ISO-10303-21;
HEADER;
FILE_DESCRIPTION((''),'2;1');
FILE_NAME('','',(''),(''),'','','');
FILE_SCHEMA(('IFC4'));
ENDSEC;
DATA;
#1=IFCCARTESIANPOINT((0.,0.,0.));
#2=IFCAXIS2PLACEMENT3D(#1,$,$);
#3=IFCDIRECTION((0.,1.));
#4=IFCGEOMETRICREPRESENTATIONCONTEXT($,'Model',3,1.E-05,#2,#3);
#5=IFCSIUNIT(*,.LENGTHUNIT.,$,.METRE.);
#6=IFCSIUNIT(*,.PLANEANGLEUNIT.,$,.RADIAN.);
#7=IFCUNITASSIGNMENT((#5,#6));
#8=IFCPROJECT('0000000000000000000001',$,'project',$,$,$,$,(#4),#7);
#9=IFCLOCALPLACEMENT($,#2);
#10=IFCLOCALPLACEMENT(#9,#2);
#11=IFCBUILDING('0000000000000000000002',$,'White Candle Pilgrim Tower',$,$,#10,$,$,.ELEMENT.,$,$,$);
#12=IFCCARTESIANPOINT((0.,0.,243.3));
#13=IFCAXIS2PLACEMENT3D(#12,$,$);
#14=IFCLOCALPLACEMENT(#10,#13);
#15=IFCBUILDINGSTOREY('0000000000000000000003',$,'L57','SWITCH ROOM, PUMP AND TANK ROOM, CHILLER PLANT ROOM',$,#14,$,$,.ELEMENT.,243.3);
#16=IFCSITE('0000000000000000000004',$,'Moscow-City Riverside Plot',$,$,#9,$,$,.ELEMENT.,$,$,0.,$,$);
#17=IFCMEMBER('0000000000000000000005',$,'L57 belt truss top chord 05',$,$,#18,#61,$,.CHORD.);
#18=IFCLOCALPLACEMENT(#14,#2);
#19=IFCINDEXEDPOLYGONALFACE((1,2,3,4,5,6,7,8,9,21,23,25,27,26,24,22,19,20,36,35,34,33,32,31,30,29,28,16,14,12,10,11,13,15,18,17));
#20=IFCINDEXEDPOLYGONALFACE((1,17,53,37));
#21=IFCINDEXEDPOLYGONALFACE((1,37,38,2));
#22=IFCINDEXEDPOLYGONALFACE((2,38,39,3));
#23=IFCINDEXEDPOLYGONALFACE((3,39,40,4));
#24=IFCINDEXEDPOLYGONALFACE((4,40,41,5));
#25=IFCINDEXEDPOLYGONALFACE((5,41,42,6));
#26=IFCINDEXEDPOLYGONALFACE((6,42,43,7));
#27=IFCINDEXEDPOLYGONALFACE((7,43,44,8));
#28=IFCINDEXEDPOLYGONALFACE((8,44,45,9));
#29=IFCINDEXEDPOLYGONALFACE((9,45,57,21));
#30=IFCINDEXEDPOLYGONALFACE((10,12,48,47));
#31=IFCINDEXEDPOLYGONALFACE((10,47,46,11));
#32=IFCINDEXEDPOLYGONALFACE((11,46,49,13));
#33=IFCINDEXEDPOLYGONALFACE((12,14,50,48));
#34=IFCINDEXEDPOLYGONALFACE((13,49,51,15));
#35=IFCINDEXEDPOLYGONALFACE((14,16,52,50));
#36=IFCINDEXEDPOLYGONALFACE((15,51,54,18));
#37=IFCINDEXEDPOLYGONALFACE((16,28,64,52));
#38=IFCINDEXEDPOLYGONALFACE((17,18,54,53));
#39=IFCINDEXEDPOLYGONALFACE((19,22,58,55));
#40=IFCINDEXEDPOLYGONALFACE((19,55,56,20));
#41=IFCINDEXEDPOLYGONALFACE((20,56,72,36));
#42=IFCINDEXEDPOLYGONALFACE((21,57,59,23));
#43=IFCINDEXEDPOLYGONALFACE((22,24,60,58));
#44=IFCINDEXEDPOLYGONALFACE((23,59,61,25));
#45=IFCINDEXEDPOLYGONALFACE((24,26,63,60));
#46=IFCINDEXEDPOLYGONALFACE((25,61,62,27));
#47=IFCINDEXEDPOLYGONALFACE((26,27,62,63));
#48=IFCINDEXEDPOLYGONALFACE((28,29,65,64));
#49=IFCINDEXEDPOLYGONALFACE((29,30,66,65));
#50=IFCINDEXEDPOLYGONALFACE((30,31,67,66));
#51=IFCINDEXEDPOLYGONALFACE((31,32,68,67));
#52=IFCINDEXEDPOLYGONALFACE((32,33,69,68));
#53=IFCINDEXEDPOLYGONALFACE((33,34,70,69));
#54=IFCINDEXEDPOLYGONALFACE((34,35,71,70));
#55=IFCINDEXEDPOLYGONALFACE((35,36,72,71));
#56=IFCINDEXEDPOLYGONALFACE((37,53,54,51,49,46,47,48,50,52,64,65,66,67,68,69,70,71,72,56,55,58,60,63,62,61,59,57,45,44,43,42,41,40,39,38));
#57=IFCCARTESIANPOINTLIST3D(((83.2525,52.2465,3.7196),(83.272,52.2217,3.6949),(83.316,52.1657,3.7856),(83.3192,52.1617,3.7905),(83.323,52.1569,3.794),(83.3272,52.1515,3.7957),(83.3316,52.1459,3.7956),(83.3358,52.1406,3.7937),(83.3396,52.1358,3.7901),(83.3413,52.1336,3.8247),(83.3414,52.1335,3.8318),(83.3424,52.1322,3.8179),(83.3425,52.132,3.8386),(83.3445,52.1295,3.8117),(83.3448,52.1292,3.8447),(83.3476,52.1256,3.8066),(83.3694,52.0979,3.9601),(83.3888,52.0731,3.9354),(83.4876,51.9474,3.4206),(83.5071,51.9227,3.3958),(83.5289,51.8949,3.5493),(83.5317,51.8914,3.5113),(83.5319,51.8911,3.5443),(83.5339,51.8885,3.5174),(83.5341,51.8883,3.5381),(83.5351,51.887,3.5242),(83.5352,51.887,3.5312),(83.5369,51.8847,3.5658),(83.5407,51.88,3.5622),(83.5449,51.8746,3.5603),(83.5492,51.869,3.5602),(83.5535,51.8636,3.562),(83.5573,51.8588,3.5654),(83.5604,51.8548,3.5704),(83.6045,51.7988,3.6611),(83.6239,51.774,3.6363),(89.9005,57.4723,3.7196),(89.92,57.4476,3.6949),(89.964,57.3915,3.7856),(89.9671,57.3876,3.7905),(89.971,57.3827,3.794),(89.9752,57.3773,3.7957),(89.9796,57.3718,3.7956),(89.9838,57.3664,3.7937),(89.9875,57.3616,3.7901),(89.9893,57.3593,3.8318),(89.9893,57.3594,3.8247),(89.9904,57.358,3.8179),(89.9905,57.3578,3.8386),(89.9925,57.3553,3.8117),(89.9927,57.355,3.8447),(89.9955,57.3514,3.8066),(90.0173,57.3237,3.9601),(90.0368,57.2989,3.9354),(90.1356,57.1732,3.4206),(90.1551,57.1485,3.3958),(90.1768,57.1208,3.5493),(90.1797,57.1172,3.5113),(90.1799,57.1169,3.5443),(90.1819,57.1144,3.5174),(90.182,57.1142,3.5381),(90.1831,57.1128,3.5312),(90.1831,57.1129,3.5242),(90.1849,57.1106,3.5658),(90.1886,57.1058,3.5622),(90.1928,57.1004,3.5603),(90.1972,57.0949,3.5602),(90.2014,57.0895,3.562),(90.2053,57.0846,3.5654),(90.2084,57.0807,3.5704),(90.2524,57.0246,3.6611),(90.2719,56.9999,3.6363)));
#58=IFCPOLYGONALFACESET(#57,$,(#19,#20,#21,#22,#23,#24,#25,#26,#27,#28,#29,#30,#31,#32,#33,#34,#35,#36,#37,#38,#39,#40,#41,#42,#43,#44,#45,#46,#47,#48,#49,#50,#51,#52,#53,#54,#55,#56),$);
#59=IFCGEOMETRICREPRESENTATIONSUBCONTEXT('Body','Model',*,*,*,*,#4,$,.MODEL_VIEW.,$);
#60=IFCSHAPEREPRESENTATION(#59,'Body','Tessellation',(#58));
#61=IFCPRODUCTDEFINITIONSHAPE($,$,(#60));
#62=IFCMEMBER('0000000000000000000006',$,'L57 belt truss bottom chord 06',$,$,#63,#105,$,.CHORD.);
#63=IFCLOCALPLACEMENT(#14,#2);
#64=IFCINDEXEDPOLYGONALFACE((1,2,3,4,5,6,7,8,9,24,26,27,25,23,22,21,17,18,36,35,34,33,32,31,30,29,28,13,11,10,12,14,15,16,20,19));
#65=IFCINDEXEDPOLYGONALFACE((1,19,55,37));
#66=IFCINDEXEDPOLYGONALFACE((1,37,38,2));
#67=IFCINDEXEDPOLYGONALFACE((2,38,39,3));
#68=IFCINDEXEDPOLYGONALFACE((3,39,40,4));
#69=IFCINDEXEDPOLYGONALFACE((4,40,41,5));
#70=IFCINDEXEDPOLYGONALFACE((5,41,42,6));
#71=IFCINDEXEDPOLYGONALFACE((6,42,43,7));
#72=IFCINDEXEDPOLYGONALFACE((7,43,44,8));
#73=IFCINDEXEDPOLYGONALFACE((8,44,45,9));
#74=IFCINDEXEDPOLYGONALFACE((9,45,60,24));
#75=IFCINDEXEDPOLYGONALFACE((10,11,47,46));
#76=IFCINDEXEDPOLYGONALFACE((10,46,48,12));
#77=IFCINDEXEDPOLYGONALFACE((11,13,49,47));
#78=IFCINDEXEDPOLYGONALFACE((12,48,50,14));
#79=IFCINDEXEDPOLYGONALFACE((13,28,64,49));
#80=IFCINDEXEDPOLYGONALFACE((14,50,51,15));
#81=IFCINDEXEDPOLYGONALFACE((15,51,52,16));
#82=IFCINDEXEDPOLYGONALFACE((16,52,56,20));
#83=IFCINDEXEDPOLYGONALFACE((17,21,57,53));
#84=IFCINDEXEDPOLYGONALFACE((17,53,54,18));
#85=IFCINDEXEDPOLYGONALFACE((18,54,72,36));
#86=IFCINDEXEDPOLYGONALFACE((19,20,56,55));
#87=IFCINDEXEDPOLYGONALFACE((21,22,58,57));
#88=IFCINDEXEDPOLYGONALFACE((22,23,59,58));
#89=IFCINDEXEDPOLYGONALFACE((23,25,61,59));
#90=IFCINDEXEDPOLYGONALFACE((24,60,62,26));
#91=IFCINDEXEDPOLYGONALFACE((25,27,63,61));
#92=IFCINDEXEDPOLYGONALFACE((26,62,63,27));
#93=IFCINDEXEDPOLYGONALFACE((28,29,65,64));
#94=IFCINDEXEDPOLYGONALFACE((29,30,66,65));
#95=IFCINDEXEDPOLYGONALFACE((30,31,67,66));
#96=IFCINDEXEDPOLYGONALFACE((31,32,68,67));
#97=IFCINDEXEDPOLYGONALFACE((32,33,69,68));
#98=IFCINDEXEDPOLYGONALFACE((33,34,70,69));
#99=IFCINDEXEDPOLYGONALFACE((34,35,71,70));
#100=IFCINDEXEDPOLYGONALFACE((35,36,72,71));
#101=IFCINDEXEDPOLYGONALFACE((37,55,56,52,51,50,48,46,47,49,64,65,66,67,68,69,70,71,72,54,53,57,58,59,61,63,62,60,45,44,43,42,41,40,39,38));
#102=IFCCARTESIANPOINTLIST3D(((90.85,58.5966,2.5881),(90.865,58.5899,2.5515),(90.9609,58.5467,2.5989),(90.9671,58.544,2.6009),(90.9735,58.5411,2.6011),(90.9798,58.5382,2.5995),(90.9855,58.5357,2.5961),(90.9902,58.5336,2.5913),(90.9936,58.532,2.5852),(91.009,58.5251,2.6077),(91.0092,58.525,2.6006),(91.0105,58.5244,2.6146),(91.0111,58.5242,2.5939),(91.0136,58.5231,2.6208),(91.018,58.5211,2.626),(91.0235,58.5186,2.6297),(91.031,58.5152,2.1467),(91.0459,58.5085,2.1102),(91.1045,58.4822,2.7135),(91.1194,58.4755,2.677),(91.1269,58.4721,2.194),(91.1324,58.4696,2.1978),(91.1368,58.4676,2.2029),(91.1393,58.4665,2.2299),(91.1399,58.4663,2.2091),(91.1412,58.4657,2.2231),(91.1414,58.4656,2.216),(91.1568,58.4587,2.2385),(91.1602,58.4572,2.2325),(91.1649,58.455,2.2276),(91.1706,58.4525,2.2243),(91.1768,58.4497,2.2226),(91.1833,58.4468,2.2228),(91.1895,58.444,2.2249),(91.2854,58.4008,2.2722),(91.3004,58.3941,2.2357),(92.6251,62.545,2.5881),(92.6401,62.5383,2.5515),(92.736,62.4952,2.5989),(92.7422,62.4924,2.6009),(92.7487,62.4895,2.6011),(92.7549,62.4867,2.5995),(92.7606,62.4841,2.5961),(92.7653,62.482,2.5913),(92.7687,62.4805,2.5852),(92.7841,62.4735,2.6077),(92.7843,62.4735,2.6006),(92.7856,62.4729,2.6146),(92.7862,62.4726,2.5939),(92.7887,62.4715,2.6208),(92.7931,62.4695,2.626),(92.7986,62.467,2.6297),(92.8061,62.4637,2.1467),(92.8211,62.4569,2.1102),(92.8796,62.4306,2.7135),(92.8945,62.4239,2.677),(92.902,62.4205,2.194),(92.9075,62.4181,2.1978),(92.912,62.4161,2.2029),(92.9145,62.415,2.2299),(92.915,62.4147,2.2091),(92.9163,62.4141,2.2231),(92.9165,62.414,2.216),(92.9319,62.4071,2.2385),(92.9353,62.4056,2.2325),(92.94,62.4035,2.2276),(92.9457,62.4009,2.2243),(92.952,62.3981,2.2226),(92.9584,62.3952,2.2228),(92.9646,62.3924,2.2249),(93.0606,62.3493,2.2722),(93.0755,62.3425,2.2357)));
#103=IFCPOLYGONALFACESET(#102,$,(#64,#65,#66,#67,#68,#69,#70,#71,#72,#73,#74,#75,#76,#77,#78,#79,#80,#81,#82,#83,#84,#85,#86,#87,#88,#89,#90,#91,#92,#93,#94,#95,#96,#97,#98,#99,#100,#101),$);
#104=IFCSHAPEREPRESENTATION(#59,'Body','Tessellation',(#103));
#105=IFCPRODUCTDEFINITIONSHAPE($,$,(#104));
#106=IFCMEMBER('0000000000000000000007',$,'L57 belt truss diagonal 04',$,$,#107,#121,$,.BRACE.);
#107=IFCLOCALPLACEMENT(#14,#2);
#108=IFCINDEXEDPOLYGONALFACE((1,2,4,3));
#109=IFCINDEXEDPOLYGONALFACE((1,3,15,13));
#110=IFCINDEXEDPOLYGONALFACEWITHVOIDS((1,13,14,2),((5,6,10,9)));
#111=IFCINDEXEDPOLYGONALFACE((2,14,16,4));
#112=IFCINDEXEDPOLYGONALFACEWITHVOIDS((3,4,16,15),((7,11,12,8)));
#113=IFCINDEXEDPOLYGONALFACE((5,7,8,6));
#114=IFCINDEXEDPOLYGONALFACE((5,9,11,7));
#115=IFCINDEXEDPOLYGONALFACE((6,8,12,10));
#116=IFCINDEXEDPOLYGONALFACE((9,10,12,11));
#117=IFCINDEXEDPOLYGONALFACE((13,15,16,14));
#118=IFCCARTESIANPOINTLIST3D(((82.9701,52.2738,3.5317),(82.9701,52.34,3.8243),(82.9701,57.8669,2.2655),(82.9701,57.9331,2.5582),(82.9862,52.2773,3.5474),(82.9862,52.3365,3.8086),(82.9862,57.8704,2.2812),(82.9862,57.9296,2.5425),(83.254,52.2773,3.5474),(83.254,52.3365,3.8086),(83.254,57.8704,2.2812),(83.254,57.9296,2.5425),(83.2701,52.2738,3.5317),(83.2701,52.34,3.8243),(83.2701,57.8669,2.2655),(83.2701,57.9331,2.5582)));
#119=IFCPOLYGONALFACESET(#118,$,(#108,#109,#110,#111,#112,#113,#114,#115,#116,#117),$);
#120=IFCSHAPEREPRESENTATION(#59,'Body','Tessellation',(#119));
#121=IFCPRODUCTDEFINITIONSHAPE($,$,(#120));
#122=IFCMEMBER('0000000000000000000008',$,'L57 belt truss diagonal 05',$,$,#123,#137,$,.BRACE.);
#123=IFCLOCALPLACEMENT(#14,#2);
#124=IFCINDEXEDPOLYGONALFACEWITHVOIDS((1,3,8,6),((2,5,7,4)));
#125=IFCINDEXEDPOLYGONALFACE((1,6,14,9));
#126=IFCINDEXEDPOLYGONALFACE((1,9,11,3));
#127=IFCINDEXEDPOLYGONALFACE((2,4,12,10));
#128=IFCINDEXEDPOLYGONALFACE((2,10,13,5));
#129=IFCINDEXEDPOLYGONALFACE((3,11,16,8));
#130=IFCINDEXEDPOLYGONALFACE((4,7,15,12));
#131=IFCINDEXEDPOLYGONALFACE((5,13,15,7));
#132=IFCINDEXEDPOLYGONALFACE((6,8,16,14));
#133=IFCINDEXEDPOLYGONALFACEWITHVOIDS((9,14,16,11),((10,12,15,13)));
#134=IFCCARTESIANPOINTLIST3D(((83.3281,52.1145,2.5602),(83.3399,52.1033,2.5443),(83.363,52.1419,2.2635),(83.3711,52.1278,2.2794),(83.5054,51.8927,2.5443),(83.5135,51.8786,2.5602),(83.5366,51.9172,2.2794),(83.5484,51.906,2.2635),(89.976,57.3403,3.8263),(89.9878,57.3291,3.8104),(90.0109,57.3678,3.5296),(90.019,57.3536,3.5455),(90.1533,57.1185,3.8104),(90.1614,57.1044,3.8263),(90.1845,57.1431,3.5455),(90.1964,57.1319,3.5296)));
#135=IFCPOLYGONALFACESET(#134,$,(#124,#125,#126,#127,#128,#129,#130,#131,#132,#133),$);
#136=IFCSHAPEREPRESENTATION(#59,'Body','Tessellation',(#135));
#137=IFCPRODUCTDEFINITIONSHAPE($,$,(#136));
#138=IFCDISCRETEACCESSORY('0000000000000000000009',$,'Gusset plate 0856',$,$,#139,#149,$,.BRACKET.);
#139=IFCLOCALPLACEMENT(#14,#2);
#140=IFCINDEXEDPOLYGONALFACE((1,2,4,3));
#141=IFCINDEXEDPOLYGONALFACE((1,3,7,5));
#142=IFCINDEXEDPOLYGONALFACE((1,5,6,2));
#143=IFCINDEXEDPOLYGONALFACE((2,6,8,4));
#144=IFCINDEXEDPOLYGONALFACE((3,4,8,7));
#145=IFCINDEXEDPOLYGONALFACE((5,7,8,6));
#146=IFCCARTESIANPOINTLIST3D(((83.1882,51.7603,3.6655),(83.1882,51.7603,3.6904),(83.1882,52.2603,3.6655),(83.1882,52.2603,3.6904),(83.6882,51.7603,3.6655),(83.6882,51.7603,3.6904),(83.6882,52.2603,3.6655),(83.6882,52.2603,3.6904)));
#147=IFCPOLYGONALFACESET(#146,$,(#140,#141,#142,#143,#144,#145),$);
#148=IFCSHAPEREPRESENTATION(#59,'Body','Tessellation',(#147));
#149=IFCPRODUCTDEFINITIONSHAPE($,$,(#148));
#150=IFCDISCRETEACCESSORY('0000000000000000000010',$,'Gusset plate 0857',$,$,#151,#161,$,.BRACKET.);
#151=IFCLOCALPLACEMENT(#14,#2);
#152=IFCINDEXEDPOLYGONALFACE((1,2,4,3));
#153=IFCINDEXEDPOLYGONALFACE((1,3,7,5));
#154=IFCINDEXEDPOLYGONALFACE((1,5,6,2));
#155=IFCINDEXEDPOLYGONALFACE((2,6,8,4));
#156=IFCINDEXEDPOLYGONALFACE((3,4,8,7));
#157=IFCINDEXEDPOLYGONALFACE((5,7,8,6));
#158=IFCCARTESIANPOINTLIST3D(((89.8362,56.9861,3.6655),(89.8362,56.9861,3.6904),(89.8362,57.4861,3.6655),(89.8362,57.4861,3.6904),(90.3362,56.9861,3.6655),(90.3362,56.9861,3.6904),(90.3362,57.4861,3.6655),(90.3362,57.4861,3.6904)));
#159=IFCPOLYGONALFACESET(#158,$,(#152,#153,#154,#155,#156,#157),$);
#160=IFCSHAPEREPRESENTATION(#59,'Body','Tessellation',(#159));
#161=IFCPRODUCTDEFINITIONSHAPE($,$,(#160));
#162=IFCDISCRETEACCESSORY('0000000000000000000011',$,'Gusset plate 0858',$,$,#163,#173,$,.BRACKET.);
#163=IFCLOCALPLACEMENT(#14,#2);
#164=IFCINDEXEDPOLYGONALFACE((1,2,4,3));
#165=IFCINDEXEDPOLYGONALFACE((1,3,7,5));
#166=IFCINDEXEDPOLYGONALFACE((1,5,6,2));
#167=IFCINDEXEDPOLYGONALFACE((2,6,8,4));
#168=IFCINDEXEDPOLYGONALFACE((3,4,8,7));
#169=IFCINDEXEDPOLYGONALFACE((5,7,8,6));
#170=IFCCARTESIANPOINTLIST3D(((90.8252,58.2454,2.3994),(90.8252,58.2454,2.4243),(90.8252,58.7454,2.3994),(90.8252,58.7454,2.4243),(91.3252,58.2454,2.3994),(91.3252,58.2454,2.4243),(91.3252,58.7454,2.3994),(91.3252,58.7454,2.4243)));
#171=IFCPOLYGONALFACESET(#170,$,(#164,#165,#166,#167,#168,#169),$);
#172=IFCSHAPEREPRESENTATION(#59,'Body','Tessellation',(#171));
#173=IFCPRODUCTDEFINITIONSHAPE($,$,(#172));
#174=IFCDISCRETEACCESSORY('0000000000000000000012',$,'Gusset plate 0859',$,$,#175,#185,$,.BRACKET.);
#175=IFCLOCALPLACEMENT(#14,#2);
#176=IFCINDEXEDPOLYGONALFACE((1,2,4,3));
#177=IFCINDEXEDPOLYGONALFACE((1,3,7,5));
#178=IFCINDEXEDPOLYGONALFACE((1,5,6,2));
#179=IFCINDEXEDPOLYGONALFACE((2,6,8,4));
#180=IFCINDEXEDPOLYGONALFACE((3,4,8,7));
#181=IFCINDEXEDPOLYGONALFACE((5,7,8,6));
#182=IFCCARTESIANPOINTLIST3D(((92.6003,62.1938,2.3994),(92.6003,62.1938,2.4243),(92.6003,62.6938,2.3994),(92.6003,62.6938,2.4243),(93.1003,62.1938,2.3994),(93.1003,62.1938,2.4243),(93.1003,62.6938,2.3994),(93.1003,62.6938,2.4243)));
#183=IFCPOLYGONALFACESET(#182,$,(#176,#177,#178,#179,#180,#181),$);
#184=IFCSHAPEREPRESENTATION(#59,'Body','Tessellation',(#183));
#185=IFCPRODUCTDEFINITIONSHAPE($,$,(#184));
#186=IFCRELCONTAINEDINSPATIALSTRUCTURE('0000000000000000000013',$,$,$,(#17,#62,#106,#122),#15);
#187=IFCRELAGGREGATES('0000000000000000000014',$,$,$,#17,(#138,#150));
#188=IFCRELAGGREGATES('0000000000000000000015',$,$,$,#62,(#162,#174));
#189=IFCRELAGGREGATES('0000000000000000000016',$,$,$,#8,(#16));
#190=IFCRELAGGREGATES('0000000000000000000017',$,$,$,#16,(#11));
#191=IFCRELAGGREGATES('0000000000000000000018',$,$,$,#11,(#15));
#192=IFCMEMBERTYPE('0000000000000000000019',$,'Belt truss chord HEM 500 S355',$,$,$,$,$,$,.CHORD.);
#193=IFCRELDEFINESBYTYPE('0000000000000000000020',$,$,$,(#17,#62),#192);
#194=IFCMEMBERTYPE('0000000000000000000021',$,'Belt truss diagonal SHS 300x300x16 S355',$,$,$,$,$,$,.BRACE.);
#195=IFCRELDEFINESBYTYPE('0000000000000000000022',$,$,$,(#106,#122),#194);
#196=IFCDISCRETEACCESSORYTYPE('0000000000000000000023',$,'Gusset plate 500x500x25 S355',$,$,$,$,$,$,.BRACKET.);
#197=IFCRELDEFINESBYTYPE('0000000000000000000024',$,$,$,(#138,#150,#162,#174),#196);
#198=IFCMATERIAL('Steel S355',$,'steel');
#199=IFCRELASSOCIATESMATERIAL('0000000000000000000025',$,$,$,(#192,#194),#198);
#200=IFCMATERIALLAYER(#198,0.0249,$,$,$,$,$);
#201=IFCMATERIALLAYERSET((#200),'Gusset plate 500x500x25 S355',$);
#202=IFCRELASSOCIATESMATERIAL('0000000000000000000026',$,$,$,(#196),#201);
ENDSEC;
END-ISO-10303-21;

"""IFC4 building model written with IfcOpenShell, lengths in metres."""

from ifc_helpers import new_model, si_unit, direction, frame, origin, origin_2d, place, context, subcontext, project, spatial, rectangle, hollow_rectangle, i_section, extrude, material, layer, layer_set, material_profile, profile_set, type_object, element, aggregate, save


model = new_model("IFC4")

# Units and contexts
model_context = context("Model", 3, precision=1e-05, world=origin(), true_north=direction((0.0, 1.0)))
body_context = subcontext(model_context, "Body", "Model", "MODEL_VIEW")
ifc_project = project(units=[si_unit("LENGTHUNIT", "METRE"), si_unit("PLANEANGLEUNIT", "RADIAN")], contexts=[model_context])

# Site, building, storey
site_placement = place(None, origin())
site = spatial("IfcSite", under=ifc_project, at=site_placement, Name="Moscow-City Riverside Plot", CompositionType="ELEMENT", RefElevation=0.0)
building_placement = place(site_placement, origin())
building = spatial("IfcBuilding", under=site, at=building_placement, Name="White Candle Pilgrim Tower", CompositionType="ELEMENT")
storey_placement = place(building_placement, frame((0.0, 0.0, 243.3)))
storey = spatial("IfcBuildingStorey", under=building, at=storey_placement, Name="L57", Description="SWITCH ROOM, PUMP AND TANK ROOM, CHILLER PLANT ROOM", CompositionType="ELEMENT", Elevation=243.3)

# Members
ifc_material_1 = material(Name="Steel S355", Category="steel")
ifc_material_profile_1 = material_profile(ifc_material_1, i_section(OverallWidth=0.3059, OverallDepth=0.5239, WebThickness=0.021, FlangeThickness=0.04, FilletRadius=0.0271, at=origin_2d()), Name="HEM 500")
ifc_profile_set_1 = profile_set([ifc_material_profile_1], Name="Steel S355")
member_type_1 = type_object("IfcMemberType", Name="Belt truss chord HEM 500 S355", PredefinedType="CHORD", material=ifc_profile_set_1)
member_1_placement = place(storey_placement, frame((83.4382, 52.0103, 3.678), z_axis=(0.786178, 0.618, 0.0), x_axis=(0.381922, -0.485855, 0.786181)))
member_1 = element("IfcMember", 1, at=member_1_placement, inside=storey, type_object=member_type_1, Name="L57 belt truss top chord 05", PredefinedType="CHORD", context=body_context, shape_type="SweptSolid", body=[
    extrude(i_section(OverallWidth=0.3059, OverallDepth=0.5239, WebThickness=0.021, FlangeThickness=0.04, FilletRadius=0.0271, at=origin_2d()), origin(), (0.0, 0.0, 1.0), 8.4561),
])
member_2_placement = place(storey_placement, frame((91.0752, 58.4954, 2.4119), z_axis=(0.410043, 0.912066, 0.0), x_axis=(0.831849, -0.37398, 0.41008)))
member_2 = element("IfcMember", 2, at=member_2_placement, inside=storey, type_object=member_type_1, Name="L57 belt truss bottom chord 06", PredefinedType="CHORD", context=body_context, shape_type="SweptSolid", body=[
    extrude(i_section(OverallWidth=0.3059, OverallDepth=0.5239, WebThickness=0.021, FlangeThickness=0.04, FilletRadius=0.0271, at=origin_2d()), origin(), (0.0, 0.0, 1.0), 4.3291),
])

# Members
ifc_material_profile_2 = material_profile(ifc_material_1, hollow_rectangle(XDim=0.3, YDim=0.3, WallThickness=0.0161, at=origin_2d()), Name="SHS 300x300x16")
ifc_profile_set_2 = profile_set([ifc_material_profile_2], Name="Steel S355")
member_type_2 = type_object("IfcMemberType", Name="Belt truss diagonal SHS 300x300x16 S355", PredefinedType="BRACE", material=ifc_profile_set_2)
member_3_placement = place(storey_placement, frame((83.1201, 52.3069, 3.678), z_axis=(0.0, 0.975322, -0.220787), x_axis=(-1.0, 0.0, 0.0)))
element("IfcMember", 3, at=member_3_placement, inside=storey, type_object=member_type_2, Name="L57 belt truss diagonal 04", PredefinedType="BRACE", context=body_context, shape_type="SweptSolid", body=[
    extrude(hollow_rectangle(XDim=0.3, YDim=0.3, WallThickness=0.0161, at=origin_2d()), origin(), (0.0, 0.0, 1.0), 5.7346),
])
member_4_placement = place(storey_placement, frame((83.4382, 52.0103, 2.4119), z_axis=(0.777511, 0.611187, 0.148078), x_axis=(-0.618, 0.786178, 0.0)))
element("IfcMember", 4, at=member_4_placement, inside=storey, type_object=member_type_2, Name="L57 belt truss diagonal 05", PredefinedType="BRACE", context=body_context, shape_type="SweptSolid", body=[
    extrude(hollow_rectangle(XDim=0.3, YDim=0.3, WallThickness=0.0161, at=origin_2d()), origin(), (0.0, 0.0, 1.0), 8.5503),
])

# Discrete accessories
ifc_layer_1 = layer(ifc_material_1, 0.0249)
ifc_layer_set_1 = layer_set([ifc_layer_1], Name="Gusset plate 500x500x25 S355")
discrete_accessory_type_1 = type_object("IfcDiscreteAccessoryType", Name="Gusset plate 500x500x25 S355", PredefinedType="BRACKET", material=ifc_layer_set_1)
discrete_accessory_1_placement = place(storey_placement, frame((83.4382, 52.0103, 3.6655), z_axis=(0.0, 0.0, 1.0), x_axis=(1.0, 0.0, 0.0)))
discrete_accessory_1 = element("IfcDiscreteAccessory", 5, at=discrete_accessory_1_placement, type_object=discrete_accessory_type_1, Name="Gusset plate 0856", PredefinedType="BRACKET", context=body_context, shape_type="SweptSolid", body=[
    extrude(rectangle(XDim=0.5, YDim=0.5, at=origin_2d()), origin(), (0.0, 0.0, 1.0), 0.0249),
])
discrete_accessory_2_placement = place(storey_placement, frame((90.0862, 57.2361, 3.6655), z_axis=(0.0, 0.0, 1.0), x_axis=(1.0, 0.0, 0.0)))
discrete_accessory_2 = element("IfcDiscreteAccessory", 6, at=discrete_accessory_2_placement, type_object=discrete_accessory_type_1, Name="Gusset plate 0857", PredefinedType="BRACKET", context=body_context, shape_type="SweptSolid", body=[
    extrude(rectangle(XDim=0.5, YDim=0.5, at=origin_2d()), origin(), (0.0, 0.0, 1.0), 0.0249),
])
aggregate(member_1, [discrete_accessory_1, discrete_accessory_2])
discrete_accessory_3_placement = place(storey_placement, frame((91.0752, 58.4954, 2.3994), z_axis=(0.0, 0.0, 1.0), x_axis=(1.0, 0.0, 0.0)))
discrete_accessory_3 = element("IfcDiscreteAccessory", 7, at=discrete_accessory_3_placement, type_object=discrete_accessory_type_1, Name="Gusset plate 0858", PredefinedType="BRACKET", context=body_context, shape_type="SweptSolid", body=[
    extrude(rectangle(XDim=0.5, YDim=0.5, at=origin_2d()), origin(), (0.0, 0.0, 1.0), 0.0249),
])
discrete_accessory_4_placement = place(storey_placement, frame((92.8503, 62.4438, 2.3994), z_axis=(0.0, 0.0, 1.0), x_axis=(1.0, 0.0, 0.0)))
discrete_accessory_4 = element("IfcDiscreteAccessory", 8, at=discrete_accessory_4_placement, type_object=discrete_accessory_type_1, Name="Gusset plate 0859", PredefinedType="BRACKET", context=body_context, shape_type="SweptSolid", body=[
    extrude(rectangle(XDim=0.5, YDim=0.5, at=origin_2d()), origin(), (0.0, 0.0, 1.0), 0.0249),
])
aggregate(member_2, [discrete_accessory_3, discrete_accessory_4])

save(model, "model.ifc")
